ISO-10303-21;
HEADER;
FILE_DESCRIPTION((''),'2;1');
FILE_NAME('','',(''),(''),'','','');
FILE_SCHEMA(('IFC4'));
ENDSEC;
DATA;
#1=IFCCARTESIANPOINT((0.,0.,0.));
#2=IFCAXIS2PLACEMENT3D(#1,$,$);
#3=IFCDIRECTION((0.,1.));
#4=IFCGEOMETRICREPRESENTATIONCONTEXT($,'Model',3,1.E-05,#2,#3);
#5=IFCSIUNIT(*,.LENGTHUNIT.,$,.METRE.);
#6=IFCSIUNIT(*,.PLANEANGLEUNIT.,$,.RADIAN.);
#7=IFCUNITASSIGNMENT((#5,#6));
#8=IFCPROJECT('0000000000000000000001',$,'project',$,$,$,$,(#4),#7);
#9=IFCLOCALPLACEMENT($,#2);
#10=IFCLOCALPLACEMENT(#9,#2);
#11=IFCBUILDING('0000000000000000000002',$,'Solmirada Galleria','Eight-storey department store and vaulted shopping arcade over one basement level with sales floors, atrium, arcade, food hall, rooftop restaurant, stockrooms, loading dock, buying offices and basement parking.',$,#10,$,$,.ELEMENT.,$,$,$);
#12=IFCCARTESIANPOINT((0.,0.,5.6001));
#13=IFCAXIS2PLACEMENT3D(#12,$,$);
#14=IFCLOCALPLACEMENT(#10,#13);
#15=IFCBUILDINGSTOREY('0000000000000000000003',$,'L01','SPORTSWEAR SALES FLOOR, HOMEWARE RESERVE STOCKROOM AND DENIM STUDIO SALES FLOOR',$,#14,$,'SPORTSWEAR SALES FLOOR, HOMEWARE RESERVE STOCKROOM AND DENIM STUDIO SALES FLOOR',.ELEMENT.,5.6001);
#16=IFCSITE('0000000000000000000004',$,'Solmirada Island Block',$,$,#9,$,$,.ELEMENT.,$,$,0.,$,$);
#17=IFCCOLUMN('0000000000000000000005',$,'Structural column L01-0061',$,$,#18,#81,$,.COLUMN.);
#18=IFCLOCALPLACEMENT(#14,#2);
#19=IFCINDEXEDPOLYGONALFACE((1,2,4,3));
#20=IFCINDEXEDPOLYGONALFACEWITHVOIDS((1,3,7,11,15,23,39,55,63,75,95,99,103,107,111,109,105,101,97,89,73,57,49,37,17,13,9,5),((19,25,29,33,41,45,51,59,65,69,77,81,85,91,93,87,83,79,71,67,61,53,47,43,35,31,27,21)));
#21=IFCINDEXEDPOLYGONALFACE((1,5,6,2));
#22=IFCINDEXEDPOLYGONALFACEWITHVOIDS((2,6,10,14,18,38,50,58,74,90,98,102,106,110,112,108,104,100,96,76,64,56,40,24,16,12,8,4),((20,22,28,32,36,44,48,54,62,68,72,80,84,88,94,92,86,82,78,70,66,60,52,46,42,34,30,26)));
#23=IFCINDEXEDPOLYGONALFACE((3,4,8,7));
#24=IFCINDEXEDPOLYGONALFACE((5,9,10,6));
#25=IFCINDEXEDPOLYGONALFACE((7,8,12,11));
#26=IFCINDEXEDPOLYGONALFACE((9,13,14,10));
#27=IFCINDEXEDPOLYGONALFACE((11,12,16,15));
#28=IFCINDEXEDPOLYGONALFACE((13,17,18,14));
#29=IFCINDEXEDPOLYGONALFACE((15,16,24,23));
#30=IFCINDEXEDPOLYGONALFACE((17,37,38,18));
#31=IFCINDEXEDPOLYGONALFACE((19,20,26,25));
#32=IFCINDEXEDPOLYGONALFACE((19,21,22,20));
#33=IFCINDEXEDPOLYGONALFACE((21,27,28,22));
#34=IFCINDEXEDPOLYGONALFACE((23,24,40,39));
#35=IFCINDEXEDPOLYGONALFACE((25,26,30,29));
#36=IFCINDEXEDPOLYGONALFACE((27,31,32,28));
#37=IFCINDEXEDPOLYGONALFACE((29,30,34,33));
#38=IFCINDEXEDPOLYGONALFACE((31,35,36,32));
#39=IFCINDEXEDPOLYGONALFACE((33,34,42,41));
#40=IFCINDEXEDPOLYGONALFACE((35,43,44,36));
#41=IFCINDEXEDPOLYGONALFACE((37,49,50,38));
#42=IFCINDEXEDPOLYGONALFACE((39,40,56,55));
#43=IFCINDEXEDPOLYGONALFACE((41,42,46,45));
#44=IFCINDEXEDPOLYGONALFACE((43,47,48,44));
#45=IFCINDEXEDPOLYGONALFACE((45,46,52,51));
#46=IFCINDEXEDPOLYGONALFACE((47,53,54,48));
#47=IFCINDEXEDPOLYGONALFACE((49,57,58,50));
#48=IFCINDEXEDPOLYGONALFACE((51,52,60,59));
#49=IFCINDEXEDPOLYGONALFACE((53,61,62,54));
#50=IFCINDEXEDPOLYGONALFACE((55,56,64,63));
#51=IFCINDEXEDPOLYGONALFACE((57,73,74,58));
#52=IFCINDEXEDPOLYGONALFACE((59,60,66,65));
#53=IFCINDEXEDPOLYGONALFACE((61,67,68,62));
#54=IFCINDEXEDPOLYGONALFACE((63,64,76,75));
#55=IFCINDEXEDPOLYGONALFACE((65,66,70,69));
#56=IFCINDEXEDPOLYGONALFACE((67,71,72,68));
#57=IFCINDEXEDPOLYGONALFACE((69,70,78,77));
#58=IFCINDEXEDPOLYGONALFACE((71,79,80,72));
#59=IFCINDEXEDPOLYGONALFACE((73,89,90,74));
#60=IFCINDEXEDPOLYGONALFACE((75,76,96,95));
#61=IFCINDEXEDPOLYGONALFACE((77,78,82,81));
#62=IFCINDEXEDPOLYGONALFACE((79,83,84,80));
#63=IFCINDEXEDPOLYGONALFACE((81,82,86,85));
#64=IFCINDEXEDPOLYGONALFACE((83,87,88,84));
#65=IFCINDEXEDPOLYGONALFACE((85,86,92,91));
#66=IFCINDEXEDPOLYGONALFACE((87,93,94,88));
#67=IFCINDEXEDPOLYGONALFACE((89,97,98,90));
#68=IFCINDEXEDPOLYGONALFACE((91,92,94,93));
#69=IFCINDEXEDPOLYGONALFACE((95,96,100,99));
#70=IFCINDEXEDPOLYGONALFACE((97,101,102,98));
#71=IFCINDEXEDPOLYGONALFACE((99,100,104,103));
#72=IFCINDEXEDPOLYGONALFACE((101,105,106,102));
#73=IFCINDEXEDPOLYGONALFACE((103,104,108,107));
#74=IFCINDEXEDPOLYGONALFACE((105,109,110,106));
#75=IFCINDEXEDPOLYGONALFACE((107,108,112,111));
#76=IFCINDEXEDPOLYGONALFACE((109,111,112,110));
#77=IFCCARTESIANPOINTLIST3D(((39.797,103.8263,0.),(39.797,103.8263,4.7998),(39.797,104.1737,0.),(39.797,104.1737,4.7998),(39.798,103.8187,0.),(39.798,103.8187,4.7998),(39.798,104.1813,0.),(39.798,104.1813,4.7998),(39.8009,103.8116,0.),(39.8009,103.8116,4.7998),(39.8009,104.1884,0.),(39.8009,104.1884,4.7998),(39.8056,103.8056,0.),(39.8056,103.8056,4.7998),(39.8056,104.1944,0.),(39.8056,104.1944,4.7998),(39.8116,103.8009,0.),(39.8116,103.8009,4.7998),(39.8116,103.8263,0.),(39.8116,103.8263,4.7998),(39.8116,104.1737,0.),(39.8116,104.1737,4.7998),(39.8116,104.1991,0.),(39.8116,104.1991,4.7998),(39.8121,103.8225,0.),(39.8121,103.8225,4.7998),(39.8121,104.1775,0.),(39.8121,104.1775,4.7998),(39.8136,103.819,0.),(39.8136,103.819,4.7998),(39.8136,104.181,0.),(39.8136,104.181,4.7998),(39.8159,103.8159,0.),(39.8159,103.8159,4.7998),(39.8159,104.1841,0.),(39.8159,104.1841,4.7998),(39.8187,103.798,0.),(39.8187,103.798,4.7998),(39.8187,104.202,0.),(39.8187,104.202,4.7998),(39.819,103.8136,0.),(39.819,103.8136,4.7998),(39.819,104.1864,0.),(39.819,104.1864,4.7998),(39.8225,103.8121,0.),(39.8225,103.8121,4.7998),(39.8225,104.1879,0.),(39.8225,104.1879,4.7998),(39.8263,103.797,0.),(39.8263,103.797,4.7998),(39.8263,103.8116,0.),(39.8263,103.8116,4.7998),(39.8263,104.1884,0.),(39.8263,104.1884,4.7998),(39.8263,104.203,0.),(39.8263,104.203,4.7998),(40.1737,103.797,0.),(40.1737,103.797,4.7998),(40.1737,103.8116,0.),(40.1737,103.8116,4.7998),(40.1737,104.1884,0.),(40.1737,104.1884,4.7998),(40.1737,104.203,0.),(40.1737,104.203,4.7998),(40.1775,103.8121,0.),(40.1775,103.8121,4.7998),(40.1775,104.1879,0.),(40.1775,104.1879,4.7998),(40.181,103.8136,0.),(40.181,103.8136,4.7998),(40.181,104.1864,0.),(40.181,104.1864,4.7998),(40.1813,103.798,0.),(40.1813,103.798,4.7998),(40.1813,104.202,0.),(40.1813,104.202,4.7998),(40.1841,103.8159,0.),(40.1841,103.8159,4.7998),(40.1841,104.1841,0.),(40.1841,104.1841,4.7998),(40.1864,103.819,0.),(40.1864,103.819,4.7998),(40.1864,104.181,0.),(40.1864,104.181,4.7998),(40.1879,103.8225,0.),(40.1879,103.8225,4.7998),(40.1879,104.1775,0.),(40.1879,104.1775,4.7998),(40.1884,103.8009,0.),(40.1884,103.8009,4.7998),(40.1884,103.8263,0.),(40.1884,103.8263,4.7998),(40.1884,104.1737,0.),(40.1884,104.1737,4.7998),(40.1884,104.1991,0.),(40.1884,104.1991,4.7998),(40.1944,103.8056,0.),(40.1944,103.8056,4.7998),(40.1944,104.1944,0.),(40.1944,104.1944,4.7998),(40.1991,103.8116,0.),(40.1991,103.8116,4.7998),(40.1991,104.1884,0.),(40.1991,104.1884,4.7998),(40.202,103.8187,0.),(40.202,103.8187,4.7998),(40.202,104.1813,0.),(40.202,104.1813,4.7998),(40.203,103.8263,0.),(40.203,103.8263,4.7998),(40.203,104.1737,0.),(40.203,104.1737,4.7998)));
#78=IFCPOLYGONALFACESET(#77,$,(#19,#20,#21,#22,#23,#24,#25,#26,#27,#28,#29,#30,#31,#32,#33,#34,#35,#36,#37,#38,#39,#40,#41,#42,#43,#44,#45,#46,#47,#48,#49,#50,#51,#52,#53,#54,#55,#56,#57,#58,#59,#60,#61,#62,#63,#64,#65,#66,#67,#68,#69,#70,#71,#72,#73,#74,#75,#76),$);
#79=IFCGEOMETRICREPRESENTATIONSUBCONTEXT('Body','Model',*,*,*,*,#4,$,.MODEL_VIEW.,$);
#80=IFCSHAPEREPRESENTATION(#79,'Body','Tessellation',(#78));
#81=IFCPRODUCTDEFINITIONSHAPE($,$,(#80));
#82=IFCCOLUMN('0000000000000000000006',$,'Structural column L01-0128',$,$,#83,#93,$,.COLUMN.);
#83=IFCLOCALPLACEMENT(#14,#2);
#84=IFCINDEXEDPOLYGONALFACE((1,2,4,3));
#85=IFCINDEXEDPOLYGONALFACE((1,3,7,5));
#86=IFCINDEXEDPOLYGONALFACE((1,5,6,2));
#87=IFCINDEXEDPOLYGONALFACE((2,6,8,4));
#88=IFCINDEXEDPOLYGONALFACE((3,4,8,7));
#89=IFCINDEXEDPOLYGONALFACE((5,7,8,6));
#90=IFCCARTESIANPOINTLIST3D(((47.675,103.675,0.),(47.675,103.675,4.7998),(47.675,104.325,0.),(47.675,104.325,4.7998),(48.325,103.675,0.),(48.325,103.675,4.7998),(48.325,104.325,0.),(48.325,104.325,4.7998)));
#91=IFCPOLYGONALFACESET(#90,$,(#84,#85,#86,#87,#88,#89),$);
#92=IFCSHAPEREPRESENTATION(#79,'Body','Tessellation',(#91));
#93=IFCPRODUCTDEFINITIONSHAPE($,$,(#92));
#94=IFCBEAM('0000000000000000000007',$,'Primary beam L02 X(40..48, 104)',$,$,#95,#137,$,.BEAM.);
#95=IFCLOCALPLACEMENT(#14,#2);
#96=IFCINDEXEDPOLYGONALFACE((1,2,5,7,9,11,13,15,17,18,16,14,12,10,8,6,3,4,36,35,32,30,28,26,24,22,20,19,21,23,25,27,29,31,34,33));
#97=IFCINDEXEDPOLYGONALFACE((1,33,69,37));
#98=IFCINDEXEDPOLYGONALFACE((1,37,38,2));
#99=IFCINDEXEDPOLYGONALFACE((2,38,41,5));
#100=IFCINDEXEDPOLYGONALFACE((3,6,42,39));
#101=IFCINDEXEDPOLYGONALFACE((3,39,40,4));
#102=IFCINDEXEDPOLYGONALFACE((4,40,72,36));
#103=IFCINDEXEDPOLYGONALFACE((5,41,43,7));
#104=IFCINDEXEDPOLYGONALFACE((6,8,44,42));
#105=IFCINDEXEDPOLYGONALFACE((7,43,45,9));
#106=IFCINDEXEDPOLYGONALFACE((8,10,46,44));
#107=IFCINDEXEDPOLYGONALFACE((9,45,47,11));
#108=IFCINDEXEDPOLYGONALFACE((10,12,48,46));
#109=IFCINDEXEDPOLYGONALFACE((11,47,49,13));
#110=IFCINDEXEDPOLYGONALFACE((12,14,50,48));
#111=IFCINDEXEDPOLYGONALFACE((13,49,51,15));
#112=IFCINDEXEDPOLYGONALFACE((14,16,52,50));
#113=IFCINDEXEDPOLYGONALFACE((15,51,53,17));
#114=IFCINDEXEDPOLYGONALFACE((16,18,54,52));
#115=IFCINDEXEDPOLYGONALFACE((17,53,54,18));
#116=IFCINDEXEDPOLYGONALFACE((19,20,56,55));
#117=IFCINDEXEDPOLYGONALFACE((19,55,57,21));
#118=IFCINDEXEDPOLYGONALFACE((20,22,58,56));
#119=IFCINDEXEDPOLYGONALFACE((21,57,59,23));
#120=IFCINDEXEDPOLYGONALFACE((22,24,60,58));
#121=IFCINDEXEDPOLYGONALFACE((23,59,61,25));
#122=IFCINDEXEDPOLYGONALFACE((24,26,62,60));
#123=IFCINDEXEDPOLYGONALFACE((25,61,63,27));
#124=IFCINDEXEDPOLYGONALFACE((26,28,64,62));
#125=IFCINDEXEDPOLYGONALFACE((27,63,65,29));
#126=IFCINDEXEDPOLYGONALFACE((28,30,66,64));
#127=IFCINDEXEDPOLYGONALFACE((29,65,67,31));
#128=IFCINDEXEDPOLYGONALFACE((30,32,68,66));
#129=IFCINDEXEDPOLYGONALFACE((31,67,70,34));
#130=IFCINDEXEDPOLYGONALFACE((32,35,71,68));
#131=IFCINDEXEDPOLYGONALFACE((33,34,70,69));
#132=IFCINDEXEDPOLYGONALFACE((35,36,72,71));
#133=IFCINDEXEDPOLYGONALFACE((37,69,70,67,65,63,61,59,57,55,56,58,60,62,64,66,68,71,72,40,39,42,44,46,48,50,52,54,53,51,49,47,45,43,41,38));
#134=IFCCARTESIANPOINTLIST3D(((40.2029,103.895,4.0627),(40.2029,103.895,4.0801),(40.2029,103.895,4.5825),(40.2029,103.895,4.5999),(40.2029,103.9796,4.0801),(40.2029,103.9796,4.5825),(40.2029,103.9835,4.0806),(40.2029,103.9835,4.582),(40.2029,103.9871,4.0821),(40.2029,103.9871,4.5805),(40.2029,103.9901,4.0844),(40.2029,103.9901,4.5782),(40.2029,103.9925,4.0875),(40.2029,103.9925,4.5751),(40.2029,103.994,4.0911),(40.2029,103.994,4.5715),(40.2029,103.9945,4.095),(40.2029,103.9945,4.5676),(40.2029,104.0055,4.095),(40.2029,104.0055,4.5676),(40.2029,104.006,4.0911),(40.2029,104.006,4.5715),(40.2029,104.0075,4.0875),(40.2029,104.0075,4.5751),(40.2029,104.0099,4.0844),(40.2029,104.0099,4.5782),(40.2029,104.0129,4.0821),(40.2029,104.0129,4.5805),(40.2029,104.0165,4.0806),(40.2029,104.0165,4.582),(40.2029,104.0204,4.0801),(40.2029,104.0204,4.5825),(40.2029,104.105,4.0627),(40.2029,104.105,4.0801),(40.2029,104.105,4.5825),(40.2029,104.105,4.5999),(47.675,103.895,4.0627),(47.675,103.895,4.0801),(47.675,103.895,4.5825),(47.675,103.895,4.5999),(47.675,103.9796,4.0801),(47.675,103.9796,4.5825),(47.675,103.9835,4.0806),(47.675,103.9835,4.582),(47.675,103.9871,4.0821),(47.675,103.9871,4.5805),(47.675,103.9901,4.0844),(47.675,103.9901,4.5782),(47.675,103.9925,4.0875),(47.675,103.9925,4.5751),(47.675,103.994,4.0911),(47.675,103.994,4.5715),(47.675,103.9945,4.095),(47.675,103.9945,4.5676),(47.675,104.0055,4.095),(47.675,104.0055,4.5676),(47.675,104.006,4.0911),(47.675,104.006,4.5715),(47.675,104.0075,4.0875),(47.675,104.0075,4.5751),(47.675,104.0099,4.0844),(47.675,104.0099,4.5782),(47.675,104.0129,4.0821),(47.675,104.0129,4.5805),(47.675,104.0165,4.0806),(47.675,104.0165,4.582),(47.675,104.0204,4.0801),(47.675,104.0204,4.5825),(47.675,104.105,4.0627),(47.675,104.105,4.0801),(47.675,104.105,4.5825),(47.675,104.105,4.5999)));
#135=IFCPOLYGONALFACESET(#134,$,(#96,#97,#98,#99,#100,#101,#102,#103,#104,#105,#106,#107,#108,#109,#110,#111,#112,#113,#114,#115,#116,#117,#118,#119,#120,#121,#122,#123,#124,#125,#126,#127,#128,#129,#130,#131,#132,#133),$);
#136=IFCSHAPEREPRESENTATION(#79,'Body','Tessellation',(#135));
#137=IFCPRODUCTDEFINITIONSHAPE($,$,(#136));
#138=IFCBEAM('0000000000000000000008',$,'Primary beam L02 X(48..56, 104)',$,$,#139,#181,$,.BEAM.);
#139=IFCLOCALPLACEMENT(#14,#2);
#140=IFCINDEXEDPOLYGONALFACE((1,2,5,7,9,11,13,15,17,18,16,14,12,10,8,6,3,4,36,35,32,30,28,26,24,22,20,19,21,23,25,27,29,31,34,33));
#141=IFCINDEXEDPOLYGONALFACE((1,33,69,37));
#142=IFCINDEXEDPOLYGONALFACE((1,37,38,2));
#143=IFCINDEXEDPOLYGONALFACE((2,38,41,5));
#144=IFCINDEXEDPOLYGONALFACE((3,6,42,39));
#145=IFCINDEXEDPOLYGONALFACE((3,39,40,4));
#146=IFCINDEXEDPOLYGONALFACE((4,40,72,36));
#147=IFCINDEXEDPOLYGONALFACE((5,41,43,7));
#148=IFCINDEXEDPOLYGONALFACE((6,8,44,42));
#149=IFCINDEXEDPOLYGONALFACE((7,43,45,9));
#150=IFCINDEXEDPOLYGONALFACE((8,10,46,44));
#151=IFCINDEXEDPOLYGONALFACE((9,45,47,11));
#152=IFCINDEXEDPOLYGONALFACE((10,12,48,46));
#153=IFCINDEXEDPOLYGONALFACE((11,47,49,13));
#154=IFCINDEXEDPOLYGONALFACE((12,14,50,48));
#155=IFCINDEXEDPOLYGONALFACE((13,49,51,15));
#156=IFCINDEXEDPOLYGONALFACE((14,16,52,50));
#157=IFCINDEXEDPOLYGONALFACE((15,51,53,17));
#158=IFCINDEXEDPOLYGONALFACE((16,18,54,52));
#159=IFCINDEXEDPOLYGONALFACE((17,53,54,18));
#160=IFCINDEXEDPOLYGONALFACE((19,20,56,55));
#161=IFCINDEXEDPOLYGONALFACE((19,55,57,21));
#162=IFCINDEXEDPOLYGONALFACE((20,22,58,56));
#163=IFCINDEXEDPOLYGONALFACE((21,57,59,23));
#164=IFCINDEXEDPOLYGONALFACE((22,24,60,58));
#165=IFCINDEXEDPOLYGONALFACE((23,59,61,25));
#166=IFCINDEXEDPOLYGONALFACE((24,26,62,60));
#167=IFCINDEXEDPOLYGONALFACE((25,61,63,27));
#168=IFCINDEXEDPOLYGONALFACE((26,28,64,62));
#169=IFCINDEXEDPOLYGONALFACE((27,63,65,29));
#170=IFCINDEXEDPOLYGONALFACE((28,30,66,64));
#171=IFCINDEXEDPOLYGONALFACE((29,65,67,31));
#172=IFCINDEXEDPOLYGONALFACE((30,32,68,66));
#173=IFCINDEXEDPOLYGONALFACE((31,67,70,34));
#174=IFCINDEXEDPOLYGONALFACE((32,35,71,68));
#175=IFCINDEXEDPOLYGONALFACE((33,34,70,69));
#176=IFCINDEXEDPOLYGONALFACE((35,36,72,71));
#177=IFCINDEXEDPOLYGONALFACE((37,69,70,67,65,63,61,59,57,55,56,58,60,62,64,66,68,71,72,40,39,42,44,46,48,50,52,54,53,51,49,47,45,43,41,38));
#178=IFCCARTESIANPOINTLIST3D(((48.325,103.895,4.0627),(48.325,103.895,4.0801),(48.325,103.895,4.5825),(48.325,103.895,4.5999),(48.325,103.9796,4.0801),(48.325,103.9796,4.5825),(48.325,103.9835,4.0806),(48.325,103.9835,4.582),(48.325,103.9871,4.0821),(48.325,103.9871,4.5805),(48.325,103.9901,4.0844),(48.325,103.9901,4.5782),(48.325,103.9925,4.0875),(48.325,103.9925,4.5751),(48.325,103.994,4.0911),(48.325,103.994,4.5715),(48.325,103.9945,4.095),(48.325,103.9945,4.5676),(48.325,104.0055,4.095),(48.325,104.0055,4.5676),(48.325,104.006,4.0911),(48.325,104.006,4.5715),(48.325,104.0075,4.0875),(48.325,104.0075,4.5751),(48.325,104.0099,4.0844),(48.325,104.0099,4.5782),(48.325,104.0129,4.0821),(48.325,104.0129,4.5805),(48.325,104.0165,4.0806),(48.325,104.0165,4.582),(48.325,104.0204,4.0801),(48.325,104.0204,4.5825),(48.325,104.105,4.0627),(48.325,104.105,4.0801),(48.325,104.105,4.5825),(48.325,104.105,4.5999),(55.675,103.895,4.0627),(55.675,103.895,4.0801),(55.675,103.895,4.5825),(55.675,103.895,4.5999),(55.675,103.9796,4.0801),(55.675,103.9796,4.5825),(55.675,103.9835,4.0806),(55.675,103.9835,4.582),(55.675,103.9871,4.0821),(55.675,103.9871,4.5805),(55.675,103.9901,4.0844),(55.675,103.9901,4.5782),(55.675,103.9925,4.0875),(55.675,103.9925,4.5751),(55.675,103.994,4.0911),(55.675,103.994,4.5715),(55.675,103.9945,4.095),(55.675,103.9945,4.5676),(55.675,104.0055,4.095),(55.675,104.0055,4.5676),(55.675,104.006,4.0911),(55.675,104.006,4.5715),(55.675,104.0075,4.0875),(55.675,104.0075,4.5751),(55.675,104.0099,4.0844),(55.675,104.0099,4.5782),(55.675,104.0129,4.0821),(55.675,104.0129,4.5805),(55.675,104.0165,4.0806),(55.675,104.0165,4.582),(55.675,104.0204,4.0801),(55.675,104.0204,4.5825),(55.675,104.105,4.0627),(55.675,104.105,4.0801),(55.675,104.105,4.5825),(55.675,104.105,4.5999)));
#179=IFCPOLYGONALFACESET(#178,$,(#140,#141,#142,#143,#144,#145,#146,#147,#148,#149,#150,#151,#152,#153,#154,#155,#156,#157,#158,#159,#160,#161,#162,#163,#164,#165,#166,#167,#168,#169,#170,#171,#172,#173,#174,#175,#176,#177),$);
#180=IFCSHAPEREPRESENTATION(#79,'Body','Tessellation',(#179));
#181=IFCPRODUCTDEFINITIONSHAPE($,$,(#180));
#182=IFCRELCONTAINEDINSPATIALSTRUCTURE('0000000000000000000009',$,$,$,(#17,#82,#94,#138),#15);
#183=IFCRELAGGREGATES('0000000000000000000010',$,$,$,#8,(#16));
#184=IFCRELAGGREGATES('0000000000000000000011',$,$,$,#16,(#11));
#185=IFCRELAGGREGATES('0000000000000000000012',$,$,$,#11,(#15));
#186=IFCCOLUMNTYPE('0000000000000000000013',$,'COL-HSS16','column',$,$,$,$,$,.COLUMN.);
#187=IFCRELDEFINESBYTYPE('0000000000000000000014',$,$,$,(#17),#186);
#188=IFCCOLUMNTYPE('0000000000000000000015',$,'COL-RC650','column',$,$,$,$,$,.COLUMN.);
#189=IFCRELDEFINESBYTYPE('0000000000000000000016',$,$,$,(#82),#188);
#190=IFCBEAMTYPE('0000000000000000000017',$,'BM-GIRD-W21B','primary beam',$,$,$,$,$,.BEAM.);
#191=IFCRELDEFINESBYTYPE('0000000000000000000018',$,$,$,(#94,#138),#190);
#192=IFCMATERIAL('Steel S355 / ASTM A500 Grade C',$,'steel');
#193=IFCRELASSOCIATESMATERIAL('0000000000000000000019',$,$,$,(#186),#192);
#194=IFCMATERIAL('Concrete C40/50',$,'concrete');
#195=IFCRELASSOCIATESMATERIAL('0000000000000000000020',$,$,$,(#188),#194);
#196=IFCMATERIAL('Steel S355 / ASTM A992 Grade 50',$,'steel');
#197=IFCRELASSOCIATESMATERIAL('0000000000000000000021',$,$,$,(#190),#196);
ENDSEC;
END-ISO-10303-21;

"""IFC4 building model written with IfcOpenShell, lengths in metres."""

from ifc_helpers import new_model, si_unit, direction, frame, origin, origin_2d, place, context, subcontext, project, spatial, rectangle, hollow_rectangle, i_section, extrude, material, material_profile, profile_set, type_object, element, save


model = new_model("IFC4")

# Units and contexts
model_context = context("Model", 3, precision=1e-05, world=origin(), true_north=direction((0.0, 1.0)))
body_context = subcontext(model_context, "Body", "Model", "MODEL_VIEW")
ifc_project = project(units=[si_unit("LENGTHUNIT", "METRE"), si_unit("PLANEANGLEUNIT", "RADIAN")], contexts=[model_context])

# Site, building, storey
site_placement = place(None, origin())
site = spatial("IfcSite", under=ifc_project, at=site_placement, Name="Solmirada Island Block", CompositionType="ELEMENT", RefElevation=0.0)
building_placement = place(site_placement, origin())
building = spatial("IfcBuilding", under=site, at=building_placement, Name="Solmirada Galleria", Description="Eight-storey department store and vaulted shopping arcade over one basement level with sales floors, atrium, arcade, food hall, rooftop restaurant, stockrooms, loading dock, buying offices and basement parking.", CompositionType="ELEMENT")
storey_placement = place(building_placement, frame((0.0, 0.0, 5.6001)))
storey = spatial("IfcBuildingStorey", under=building, at=storey_placement, Name="L01", Description="SPORTSWEAR SALES FLOOR, HOMEWARE RESERVE STOCKROOM AND DENIM STUDIO SALES FLOOR", LongName="SPORTSWEAR SALES FLOOR, HOMEWARE RESERVE STOCKROOM AND DENIM STUDIO SALES FLOOR", CompositionType="ELEMENT", Elevation=5.6001)

# Columns
ifc_material_1 = material(Name="Steel S355 / ASTM A500 Grade C", Category="steel")
ifc_material_profile_1 = material_profile(ifc_material_1, hollow_rectangle(XDim=0.406, YDim=0.406, WallThickness=0.0146, InnerFilletRadius=0.0146, OuterFilletRadius=0.0293, at=origin_2d()), Name="HSS16X16X5/8")
ifc_profile_set_1 = profile_set([ifc_material_profile_1], Name="Steel S355 / ASTM A500 Grade C")
column_type_1 = type_object("IfcColumnType", Name="COL-HSS16", Description="column", PredefinedType="COLUMN", material=ifc_profile_set_1)
column_1_placement = place(storey_placement, frame((40.0, 104.0, 0.0), z_axis=(0.0, 0.0, 1.0), x_axis=(1.0, 0.0, 0.0)))
element("IfcColumn", 1, at=column_1_placement, inside=storey, type_object=column_type_1, Name="Structural column L01-0061", PredefinedType="COLUMN", context=body_context, shape_type="SweptSolid", body=[
    extrude(hollow_rectangle(XDim=0.406, YDim=0.406, WallThickness=0.0146, InnerFilletRadius=0.0146, OuterFilletRadius=0.0293, at=origin_2d()), origin(), (0.0, 0.0, 1.0), 4.7998),
])
ifc_material_2 = material(Name="Concrete C40/50", Category="concrete")
ifc_material_profile_2 = material_profile(ifc_material_2, rectangle(XDim=0.6499, YDim=0.6499, at=origin_2d()), Name="RC650X650")
ifc_profile_set_2 = profile_set([ifc_material_profile_2], Name="Concrete C40/50")
column_type_2 = type_object("IfcColumnType", Name="COL-RC650", Description="column", PredefinedType="COLUMN", material=ifc_profile_set_2)
column_2_placement = place(storey_placement, frame((48.0, 104.0, 0.0), z_axis=(0.0, 0.0, 1.0), x_axis=(1.0, 0.0, 0.0)))
element("IfcColumn", 2, at=column_2_placement, inside=storey, type_object=column_type_2, Name="Structural column L01-0128", PredefinedType="COLUMN", context=body_context, shape_type="SweptSolid", body=[
    extrude(rectangle(XDim=0.6499, YDim=0.6499, at=origin_2d()), origin(), (0.0, 0.0, 1.0), 4.7998),
])

# Beams
ifc_material_3 = material(Name="Steel S355 / ASTM A992 Grade 50", Category="steel")
ifc_material_profile_3 = material_profile(ifc_material_3, i_section(OverallWidth=0.21, OverallDepth=0.5371, WebThickness=0.011, FlangeThickness=0.0173, FilletRadius=0.0149, at=origin_2d()), Name="W21X68")
ifc_profile_set_3 = profile_set([ifc_material_profile_3], Name="Steel S355 / ASTM A992 Grade 50")
beam_type_1 = type_object("IfcBeamType", Name="BM-GIRD-W21B", Description="primary beam", PredefinedType="BEAM", material=ifc_profile_set_3)
beam_1_placement = place(storey_placement, frame((40.2029, 104.0, 4.3313), z_axis=(1.0, 0.0, 0.0), x_axis=(0.0, 1.0, 0.0)))
element("IfcBeam", 3, at=beam_1_placement, inside=storey, type_object=beam_type_1, Name="Primary beam L02 X(40..48, 104)", PredefinedType="BEAM", context=body_context, shape_type="SweptSolid", body=[
    extrude(i_section(OverallWidth=0.21, OverallDepth=0.5371, WebThickness=0.011, FlangeThickness=0.0173, FilletRadius=0.0149, at=origin_2d()), origin(), (0.0, 0.0, 1.0), 7.4722),
])
for number, where, z_axis, x_axis, name in (
    (4, (48.325, 104.0, 4.3313), (1.0, 0.0, 0.0), (0.0, 1.0, 0.0), "Primary beam L02 X(48..56, 104)"),
):
    element("IfcBeam", number, at=place(storey_placement, frame(where, z_axis=z_axis, x_axis=x_axis)), inside=storey, type_object=beam_type_1, Name=name, PredefinedType="BEAM", context=body_context, shape_type="SweptSolid", body=[
        extrude(i_section(OverallWidth=0.21, OverallDepth=0.5371, WebThickness=0.011, FlangeThickness=0.0173, FilletRadius=0.0149, at=origin_2d()), origin(), (0.0, 0.0, 1.0), 7.3501),
    ])

save(model, "model.ifc")
